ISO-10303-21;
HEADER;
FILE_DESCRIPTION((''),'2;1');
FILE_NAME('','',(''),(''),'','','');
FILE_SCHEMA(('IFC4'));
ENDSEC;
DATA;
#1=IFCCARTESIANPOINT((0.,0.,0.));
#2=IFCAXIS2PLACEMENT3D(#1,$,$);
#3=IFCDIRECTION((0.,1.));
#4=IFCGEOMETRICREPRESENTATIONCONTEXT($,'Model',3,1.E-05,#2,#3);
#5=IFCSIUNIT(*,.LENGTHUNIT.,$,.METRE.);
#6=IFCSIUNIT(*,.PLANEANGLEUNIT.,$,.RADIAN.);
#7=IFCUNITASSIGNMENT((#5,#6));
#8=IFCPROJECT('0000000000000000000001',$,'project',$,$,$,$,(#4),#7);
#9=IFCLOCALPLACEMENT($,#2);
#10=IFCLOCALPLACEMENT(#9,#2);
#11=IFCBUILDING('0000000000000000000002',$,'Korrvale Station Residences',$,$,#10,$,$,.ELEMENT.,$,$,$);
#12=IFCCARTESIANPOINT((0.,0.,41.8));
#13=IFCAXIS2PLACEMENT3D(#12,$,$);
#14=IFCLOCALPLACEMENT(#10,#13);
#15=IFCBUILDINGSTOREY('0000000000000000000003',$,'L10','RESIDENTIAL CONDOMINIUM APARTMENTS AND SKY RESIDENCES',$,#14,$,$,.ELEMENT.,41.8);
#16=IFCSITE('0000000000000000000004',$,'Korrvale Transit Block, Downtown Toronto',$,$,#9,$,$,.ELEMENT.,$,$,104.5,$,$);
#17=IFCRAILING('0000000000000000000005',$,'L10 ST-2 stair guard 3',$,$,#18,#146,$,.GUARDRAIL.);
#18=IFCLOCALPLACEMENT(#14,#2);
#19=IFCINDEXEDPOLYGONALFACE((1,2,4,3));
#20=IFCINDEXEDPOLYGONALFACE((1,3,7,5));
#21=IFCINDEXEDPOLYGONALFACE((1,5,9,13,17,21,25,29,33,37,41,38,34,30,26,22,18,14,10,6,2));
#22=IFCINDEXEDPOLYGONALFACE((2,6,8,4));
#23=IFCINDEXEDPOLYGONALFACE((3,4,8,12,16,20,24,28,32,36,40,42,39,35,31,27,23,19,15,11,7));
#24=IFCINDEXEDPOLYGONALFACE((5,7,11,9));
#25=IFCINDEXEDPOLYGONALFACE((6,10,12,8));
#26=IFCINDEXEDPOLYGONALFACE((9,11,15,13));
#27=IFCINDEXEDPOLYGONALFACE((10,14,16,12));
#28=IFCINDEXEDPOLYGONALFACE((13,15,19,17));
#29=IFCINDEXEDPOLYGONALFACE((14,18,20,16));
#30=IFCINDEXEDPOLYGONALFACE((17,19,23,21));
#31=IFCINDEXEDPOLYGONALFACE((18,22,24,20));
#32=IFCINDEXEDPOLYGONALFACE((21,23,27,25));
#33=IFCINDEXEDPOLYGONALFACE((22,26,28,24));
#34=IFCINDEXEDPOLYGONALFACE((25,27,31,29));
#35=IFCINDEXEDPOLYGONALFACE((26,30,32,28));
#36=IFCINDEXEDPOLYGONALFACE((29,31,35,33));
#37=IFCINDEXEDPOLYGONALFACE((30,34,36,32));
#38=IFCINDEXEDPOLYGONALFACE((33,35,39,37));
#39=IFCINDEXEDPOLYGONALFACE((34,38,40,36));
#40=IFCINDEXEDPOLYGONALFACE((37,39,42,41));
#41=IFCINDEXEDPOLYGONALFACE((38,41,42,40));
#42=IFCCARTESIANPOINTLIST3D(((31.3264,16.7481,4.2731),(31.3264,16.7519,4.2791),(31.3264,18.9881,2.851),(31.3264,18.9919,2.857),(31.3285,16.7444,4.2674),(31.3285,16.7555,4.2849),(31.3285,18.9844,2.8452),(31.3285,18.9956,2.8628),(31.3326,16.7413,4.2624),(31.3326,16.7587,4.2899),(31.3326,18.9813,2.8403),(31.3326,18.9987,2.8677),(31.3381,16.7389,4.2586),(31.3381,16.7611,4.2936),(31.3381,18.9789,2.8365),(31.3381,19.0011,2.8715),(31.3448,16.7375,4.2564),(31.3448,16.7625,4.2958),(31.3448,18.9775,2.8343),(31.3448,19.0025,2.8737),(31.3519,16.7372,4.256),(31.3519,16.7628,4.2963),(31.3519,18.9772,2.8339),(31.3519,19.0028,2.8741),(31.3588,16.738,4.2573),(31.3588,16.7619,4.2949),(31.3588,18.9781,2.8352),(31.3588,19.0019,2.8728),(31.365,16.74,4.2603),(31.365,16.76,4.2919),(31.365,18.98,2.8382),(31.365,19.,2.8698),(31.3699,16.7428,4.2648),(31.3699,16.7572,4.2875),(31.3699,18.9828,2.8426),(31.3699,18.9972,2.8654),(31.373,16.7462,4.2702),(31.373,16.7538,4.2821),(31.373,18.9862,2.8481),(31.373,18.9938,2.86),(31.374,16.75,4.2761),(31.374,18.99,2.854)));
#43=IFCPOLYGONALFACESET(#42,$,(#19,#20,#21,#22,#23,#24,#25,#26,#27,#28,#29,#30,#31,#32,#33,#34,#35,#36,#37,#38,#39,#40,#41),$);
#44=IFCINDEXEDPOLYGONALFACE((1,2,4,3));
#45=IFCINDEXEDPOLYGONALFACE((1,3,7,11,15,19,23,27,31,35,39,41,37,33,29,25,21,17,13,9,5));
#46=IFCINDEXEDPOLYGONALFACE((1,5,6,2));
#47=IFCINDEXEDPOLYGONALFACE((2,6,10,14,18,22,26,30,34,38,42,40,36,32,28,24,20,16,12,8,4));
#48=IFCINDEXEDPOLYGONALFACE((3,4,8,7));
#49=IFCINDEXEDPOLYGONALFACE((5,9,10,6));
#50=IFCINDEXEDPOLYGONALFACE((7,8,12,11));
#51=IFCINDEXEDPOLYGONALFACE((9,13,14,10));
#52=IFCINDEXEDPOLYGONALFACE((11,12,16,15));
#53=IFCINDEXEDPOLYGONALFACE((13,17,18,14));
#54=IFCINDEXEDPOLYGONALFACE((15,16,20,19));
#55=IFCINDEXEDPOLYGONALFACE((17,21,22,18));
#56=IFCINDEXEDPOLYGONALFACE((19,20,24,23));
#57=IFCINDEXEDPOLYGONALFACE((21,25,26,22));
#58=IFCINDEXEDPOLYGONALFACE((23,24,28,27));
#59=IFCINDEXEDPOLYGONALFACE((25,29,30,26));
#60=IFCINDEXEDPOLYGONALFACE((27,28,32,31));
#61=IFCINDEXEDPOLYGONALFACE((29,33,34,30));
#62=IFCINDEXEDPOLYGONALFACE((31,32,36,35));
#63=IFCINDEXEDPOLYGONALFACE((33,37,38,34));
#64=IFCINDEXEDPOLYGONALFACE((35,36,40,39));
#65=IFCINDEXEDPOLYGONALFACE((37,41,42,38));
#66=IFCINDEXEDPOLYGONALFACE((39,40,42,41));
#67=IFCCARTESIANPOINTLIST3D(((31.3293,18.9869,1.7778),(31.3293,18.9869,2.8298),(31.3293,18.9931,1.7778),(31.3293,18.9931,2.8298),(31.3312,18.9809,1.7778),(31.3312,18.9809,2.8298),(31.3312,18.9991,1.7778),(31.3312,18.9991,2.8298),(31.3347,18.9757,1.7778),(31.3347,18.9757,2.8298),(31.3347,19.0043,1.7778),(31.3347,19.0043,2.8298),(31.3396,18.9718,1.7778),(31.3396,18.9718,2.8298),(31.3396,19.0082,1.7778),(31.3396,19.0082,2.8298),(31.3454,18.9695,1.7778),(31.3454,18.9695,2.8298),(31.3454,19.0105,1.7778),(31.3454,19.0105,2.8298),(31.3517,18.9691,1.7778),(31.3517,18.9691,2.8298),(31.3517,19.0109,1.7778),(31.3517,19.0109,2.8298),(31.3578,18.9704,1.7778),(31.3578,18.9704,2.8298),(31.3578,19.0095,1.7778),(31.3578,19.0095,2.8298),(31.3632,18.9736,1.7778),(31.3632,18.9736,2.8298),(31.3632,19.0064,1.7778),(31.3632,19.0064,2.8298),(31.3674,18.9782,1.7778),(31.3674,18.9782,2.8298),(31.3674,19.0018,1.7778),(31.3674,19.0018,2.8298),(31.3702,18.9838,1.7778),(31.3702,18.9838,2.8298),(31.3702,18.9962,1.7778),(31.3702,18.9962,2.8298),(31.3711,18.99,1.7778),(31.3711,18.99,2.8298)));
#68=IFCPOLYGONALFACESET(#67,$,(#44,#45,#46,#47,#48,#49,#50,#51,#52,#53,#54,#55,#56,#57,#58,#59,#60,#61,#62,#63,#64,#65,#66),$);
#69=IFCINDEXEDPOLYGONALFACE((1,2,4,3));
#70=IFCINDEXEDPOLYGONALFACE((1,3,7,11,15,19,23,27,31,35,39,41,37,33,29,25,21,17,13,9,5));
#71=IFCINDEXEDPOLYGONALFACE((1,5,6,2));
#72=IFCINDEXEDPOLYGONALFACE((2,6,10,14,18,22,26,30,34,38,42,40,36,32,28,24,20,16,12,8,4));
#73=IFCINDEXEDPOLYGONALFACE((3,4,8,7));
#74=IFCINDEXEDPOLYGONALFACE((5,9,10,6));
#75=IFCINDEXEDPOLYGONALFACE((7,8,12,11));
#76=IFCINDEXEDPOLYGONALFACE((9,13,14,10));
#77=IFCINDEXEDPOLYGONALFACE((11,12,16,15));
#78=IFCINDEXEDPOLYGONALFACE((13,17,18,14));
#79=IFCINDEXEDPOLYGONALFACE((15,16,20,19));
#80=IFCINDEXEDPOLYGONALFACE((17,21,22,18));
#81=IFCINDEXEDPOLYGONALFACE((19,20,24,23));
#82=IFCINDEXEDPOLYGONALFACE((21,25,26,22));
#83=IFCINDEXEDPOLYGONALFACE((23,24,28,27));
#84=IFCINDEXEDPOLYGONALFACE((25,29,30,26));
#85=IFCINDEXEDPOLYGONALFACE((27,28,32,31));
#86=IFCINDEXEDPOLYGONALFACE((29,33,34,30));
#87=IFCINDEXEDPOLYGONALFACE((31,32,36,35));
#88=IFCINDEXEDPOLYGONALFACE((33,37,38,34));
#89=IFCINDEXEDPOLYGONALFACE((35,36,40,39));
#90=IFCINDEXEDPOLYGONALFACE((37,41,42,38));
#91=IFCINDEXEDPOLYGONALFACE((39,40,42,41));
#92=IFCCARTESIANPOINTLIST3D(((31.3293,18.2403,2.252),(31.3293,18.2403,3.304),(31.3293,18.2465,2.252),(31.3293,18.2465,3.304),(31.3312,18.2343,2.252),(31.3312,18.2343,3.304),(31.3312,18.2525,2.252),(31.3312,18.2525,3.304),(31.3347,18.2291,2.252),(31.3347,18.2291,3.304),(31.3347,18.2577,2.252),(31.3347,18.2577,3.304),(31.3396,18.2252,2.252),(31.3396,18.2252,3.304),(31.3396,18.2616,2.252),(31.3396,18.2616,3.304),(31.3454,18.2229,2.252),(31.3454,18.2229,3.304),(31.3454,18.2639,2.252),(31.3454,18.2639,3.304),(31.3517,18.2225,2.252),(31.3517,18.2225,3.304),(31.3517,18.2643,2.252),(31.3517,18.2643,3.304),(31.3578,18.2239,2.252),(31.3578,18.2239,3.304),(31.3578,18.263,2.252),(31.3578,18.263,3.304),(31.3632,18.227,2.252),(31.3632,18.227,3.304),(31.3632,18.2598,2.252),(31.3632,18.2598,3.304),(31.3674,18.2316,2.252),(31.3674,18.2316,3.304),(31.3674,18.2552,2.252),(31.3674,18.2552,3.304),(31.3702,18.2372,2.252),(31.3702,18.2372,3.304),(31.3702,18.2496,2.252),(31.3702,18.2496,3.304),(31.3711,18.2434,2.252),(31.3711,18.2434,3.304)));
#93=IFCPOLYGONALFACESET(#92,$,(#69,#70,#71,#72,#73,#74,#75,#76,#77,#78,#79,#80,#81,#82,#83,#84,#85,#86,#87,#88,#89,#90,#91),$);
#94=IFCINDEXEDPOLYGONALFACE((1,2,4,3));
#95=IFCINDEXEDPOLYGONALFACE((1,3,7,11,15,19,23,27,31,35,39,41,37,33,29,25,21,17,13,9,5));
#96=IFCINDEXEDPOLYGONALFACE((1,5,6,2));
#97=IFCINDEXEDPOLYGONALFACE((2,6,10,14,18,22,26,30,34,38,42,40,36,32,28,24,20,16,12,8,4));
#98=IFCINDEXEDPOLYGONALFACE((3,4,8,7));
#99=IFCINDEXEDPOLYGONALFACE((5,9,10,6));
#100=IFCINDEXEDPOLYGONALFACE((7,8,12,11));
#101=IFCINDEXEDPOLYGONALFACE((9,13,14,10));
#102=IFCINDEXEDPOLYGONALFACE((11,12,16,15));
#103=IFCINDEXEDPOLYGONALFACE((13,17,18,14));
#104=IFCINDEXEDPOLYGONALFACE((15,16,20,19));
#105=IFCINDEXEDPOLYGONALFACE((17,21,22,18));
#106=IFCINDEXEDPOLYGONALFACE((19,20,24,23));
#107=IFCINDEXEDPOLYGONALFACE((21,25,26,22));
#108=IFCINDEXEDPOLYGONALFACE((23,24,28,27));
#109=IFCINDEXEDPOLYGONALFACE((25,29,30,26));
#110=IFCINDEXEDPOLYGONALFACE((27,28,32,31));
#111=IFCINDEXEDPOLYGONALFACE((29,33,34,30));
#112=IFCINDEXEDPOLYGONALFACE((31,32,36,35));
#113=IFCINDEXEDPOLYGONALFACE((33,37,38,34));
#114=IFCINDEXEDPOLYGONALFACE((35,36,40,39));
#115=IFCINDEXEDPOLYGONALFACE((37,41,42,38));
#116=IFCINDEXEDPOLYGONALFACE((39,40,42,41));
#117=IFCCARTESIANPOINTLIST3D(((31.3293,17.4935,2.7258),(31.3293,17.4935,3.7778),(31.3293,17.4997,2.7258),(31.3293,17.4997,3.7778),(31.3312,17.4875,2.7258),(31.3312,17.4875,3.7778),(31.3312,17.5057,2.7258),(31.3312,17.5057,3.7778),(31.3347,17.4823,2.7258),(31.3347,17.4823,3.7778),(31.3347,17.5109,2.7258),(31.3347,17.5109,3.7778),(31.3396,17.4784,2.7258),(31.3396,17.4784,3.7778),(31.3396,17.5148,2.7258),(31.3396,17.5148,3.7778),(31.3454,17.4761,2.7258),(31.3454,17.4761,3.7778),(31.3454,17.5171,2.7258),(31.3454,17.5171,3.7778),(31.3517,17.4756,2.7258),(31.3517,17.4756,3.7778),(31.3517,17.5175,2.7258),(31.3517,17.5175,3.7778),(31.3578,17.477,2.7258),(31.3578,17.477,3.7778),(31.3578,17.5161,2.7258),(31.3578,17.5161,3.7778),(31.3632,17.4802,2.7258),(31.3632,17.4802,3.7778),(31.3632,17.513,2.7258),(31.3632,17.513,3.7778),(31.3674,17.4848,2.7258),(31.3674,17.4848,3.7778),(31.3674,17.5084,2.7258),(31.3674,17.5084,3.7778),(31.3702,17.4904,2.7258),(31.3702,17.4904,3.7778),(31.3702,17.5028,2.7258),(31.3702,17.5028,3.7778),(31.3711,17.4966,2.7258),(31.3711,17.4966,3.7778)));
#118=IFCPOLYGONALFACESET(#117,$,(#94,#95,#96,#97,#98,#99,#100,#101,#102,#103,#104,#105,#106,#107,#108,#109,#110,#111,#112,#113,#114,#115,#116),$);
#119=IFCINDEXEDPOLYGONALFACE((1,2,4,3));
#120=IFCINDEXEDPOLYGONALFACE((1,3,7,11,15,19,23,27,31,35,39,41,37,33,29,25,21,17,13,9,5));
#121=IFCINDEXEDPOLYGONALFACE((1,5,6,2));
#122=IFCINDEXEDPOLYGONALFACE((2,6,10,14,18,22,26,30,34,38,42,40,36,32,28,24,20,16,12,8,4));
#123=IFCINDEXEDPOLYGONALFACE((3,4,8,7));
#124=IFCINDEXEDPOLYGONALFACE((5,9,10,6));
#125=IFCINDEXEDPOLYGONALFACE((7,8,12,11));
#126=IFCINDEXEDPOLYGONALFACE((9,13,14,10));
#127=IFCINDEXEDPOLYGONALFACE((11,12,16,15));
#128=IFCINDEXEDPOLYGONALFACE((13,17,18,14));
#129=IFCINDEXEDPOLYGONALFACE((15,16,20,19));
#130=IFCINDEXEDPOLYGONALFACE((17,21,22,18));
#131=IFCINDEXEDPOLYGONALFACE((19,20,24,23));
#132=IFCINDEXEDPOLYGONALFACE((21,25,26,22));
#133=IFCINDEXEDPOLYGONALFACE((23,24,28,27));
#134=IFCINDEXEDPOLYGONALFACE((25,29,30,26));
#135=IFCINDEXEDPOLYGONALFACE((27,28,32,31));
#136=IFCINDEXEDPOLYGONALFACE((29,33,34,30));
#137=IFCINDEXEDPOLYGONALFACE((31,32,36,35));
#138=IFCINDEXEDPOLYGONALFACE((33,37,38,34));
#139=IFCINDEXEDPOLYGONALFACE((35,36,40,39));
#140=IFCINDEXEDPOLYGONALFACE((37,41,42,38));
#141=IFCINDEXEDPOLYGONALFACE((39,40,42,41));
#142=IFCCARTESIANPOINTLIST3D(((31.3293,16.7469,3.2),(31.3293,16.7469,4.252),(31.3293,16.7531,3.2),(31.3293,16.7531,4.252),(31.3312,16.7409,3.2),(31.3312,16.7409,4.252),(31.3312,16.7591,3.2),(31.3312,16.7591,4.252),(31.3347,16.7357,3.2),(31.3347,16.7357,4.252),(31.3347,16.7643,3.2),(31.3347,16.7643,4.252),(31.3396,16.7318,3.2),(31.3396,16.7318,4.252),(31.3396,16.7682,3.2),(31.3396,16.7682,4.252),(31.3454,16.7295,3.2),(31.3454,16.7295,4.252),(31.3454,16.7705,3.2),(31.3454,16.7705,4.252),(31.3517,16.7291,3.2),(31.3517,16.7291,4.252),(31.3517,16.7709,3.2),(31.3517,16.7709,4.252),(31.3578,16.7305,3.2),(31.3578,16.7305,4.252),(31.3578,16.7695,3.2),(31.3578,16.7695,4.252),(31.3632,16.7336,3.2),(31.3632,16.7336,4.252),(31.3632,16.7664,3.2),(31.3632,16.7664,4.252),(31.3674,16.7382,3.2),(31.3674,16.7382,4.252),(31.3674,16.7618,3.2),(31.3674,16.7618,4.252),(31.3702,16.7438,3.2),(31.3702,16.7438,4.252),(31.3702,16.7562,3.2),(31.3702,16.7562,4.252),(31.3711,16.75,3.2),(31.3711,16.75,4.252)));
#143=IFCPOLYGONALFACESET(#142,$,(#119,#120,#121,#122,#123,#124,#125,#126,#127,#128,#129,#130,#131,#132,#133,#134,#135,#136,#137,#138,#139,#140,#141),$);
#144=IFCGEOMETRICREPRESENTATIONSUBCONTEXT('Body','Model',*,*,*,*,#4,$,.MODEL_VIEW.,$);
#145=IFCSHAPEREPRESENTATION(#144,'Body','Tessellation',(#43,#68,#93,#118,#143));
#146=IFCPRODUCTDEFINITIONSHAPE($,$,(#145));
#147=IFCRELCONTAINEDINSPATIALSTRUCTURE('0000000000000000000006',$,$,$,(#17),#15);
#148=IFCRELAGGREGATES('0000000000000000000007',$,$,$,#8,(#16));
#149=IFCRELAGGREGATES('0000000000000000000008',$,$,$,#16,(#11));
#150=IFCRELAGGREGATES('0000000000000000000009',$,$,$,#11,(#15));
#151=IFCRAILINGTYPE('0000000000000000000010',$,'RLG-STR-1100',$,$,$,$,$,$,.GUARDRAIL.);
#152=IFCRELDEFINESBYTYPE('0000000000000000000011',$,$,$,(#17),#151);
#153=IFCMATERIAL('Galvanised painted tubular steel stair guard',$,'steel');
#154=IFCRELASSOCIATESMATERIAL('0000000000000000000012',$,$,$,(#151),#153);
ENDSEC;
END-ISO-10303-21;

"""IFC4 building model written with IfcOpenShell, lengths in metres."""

from ifc_helpers import new_model, si_unit, direction, frame, origin, origin_2d, place, context, subcontext, project, spatial, circle, extrude, material, type_object, element, save


model = new_model("IFC4")

# Units and contexts
model_context = context("Model", 3, precision=1e-05, world=origin(), true_north=direction((0.0, 1.0)))
body_context = subcontext(model_context, "Body", "Model", "MODEL_VIEW")
ifc_project = project(units=[si_unit("LENGTHUNIT", "METRE"), si_unit("PLANEANGLEUNIT", "RADIAN")], contexts=[model_context])

# Site, building, storey
site_placement = place(None, origin())
site = spatial("IfcSite", under=ifc_project, at=site_placement, Name="Korrvale Transit Block, Downtown Toronto", CompositionType="ELEMENT", RefElevation=104.5)
building_placement = place(site_placement, origin())
building = spatial("IfcBuilding", under=site, at=building_placement, Name="Korrvale Station Residences", CompositionType="ELEMENT")
storey_placement = place(building_placement, frame((0.0, 0.0, 41.8)))
storey = spatial("IfcBuildingStorey", under=building, at=storey_placement, Name="L10", Description="RESIDENTIAL CONDOMINIUM APARTMENTS AND SKY RESIDENCES", CompositionType="ELEMENT", Elevation=41.8)

# Railing
ifc_material_1 = material(Name="Galvanised painted tubular steel stair guard", Category="steel")
railing_type_1 = type_object("IfcRailingType", Name="RLG-STR-1100", PredefinedType="GUARDRAIL", material=ifc_material_1)
railing_1_placement = place(storey_placement, frame((31.3501, 18.99, 1.7778)))
element("IfcRailing", 1, at=railing_1_placement, inside=storey, type_object=railing_type_1, Name="L10 ST-2 stair guard 3", PredefinedType="GUARDRAIL", context=body_context, shape_type="SweptSolid", body=[
    extrude(circle(Radius=0.0239, at=origin_2d()), frame((0.0, 0.0, 1.0762), z_axis=(0.0, -0.844229, 0.535982), x_axis=(1.0, 0.0, 0.0)), (0.0, 0.0, 1.0), 2.6533),
    extrude(circle(Radius=0.021, at=origin_2d()), origin(), (0.0, 0.0, 1.0), 1.052),
    extrude(circle(Radius=0.021, at=origin_2d()), frame((0.0, -0.7466, 0.4741)), (0.0, 0.0, 1.0), 1.052),
    extrude(circle(Radius=0.021, at=origin_2d()), frame((0.0, -1.4934, 0.948)), (0.0, 0.0, 1.0), 1.052),
    extrude(circle(Radius=0.021, at=origin_2d()), frame((0.0, -2.24, 1.4221)), (0.0, 0.0, 1.0), 1.052),
])

save(model, "model.ifc")
